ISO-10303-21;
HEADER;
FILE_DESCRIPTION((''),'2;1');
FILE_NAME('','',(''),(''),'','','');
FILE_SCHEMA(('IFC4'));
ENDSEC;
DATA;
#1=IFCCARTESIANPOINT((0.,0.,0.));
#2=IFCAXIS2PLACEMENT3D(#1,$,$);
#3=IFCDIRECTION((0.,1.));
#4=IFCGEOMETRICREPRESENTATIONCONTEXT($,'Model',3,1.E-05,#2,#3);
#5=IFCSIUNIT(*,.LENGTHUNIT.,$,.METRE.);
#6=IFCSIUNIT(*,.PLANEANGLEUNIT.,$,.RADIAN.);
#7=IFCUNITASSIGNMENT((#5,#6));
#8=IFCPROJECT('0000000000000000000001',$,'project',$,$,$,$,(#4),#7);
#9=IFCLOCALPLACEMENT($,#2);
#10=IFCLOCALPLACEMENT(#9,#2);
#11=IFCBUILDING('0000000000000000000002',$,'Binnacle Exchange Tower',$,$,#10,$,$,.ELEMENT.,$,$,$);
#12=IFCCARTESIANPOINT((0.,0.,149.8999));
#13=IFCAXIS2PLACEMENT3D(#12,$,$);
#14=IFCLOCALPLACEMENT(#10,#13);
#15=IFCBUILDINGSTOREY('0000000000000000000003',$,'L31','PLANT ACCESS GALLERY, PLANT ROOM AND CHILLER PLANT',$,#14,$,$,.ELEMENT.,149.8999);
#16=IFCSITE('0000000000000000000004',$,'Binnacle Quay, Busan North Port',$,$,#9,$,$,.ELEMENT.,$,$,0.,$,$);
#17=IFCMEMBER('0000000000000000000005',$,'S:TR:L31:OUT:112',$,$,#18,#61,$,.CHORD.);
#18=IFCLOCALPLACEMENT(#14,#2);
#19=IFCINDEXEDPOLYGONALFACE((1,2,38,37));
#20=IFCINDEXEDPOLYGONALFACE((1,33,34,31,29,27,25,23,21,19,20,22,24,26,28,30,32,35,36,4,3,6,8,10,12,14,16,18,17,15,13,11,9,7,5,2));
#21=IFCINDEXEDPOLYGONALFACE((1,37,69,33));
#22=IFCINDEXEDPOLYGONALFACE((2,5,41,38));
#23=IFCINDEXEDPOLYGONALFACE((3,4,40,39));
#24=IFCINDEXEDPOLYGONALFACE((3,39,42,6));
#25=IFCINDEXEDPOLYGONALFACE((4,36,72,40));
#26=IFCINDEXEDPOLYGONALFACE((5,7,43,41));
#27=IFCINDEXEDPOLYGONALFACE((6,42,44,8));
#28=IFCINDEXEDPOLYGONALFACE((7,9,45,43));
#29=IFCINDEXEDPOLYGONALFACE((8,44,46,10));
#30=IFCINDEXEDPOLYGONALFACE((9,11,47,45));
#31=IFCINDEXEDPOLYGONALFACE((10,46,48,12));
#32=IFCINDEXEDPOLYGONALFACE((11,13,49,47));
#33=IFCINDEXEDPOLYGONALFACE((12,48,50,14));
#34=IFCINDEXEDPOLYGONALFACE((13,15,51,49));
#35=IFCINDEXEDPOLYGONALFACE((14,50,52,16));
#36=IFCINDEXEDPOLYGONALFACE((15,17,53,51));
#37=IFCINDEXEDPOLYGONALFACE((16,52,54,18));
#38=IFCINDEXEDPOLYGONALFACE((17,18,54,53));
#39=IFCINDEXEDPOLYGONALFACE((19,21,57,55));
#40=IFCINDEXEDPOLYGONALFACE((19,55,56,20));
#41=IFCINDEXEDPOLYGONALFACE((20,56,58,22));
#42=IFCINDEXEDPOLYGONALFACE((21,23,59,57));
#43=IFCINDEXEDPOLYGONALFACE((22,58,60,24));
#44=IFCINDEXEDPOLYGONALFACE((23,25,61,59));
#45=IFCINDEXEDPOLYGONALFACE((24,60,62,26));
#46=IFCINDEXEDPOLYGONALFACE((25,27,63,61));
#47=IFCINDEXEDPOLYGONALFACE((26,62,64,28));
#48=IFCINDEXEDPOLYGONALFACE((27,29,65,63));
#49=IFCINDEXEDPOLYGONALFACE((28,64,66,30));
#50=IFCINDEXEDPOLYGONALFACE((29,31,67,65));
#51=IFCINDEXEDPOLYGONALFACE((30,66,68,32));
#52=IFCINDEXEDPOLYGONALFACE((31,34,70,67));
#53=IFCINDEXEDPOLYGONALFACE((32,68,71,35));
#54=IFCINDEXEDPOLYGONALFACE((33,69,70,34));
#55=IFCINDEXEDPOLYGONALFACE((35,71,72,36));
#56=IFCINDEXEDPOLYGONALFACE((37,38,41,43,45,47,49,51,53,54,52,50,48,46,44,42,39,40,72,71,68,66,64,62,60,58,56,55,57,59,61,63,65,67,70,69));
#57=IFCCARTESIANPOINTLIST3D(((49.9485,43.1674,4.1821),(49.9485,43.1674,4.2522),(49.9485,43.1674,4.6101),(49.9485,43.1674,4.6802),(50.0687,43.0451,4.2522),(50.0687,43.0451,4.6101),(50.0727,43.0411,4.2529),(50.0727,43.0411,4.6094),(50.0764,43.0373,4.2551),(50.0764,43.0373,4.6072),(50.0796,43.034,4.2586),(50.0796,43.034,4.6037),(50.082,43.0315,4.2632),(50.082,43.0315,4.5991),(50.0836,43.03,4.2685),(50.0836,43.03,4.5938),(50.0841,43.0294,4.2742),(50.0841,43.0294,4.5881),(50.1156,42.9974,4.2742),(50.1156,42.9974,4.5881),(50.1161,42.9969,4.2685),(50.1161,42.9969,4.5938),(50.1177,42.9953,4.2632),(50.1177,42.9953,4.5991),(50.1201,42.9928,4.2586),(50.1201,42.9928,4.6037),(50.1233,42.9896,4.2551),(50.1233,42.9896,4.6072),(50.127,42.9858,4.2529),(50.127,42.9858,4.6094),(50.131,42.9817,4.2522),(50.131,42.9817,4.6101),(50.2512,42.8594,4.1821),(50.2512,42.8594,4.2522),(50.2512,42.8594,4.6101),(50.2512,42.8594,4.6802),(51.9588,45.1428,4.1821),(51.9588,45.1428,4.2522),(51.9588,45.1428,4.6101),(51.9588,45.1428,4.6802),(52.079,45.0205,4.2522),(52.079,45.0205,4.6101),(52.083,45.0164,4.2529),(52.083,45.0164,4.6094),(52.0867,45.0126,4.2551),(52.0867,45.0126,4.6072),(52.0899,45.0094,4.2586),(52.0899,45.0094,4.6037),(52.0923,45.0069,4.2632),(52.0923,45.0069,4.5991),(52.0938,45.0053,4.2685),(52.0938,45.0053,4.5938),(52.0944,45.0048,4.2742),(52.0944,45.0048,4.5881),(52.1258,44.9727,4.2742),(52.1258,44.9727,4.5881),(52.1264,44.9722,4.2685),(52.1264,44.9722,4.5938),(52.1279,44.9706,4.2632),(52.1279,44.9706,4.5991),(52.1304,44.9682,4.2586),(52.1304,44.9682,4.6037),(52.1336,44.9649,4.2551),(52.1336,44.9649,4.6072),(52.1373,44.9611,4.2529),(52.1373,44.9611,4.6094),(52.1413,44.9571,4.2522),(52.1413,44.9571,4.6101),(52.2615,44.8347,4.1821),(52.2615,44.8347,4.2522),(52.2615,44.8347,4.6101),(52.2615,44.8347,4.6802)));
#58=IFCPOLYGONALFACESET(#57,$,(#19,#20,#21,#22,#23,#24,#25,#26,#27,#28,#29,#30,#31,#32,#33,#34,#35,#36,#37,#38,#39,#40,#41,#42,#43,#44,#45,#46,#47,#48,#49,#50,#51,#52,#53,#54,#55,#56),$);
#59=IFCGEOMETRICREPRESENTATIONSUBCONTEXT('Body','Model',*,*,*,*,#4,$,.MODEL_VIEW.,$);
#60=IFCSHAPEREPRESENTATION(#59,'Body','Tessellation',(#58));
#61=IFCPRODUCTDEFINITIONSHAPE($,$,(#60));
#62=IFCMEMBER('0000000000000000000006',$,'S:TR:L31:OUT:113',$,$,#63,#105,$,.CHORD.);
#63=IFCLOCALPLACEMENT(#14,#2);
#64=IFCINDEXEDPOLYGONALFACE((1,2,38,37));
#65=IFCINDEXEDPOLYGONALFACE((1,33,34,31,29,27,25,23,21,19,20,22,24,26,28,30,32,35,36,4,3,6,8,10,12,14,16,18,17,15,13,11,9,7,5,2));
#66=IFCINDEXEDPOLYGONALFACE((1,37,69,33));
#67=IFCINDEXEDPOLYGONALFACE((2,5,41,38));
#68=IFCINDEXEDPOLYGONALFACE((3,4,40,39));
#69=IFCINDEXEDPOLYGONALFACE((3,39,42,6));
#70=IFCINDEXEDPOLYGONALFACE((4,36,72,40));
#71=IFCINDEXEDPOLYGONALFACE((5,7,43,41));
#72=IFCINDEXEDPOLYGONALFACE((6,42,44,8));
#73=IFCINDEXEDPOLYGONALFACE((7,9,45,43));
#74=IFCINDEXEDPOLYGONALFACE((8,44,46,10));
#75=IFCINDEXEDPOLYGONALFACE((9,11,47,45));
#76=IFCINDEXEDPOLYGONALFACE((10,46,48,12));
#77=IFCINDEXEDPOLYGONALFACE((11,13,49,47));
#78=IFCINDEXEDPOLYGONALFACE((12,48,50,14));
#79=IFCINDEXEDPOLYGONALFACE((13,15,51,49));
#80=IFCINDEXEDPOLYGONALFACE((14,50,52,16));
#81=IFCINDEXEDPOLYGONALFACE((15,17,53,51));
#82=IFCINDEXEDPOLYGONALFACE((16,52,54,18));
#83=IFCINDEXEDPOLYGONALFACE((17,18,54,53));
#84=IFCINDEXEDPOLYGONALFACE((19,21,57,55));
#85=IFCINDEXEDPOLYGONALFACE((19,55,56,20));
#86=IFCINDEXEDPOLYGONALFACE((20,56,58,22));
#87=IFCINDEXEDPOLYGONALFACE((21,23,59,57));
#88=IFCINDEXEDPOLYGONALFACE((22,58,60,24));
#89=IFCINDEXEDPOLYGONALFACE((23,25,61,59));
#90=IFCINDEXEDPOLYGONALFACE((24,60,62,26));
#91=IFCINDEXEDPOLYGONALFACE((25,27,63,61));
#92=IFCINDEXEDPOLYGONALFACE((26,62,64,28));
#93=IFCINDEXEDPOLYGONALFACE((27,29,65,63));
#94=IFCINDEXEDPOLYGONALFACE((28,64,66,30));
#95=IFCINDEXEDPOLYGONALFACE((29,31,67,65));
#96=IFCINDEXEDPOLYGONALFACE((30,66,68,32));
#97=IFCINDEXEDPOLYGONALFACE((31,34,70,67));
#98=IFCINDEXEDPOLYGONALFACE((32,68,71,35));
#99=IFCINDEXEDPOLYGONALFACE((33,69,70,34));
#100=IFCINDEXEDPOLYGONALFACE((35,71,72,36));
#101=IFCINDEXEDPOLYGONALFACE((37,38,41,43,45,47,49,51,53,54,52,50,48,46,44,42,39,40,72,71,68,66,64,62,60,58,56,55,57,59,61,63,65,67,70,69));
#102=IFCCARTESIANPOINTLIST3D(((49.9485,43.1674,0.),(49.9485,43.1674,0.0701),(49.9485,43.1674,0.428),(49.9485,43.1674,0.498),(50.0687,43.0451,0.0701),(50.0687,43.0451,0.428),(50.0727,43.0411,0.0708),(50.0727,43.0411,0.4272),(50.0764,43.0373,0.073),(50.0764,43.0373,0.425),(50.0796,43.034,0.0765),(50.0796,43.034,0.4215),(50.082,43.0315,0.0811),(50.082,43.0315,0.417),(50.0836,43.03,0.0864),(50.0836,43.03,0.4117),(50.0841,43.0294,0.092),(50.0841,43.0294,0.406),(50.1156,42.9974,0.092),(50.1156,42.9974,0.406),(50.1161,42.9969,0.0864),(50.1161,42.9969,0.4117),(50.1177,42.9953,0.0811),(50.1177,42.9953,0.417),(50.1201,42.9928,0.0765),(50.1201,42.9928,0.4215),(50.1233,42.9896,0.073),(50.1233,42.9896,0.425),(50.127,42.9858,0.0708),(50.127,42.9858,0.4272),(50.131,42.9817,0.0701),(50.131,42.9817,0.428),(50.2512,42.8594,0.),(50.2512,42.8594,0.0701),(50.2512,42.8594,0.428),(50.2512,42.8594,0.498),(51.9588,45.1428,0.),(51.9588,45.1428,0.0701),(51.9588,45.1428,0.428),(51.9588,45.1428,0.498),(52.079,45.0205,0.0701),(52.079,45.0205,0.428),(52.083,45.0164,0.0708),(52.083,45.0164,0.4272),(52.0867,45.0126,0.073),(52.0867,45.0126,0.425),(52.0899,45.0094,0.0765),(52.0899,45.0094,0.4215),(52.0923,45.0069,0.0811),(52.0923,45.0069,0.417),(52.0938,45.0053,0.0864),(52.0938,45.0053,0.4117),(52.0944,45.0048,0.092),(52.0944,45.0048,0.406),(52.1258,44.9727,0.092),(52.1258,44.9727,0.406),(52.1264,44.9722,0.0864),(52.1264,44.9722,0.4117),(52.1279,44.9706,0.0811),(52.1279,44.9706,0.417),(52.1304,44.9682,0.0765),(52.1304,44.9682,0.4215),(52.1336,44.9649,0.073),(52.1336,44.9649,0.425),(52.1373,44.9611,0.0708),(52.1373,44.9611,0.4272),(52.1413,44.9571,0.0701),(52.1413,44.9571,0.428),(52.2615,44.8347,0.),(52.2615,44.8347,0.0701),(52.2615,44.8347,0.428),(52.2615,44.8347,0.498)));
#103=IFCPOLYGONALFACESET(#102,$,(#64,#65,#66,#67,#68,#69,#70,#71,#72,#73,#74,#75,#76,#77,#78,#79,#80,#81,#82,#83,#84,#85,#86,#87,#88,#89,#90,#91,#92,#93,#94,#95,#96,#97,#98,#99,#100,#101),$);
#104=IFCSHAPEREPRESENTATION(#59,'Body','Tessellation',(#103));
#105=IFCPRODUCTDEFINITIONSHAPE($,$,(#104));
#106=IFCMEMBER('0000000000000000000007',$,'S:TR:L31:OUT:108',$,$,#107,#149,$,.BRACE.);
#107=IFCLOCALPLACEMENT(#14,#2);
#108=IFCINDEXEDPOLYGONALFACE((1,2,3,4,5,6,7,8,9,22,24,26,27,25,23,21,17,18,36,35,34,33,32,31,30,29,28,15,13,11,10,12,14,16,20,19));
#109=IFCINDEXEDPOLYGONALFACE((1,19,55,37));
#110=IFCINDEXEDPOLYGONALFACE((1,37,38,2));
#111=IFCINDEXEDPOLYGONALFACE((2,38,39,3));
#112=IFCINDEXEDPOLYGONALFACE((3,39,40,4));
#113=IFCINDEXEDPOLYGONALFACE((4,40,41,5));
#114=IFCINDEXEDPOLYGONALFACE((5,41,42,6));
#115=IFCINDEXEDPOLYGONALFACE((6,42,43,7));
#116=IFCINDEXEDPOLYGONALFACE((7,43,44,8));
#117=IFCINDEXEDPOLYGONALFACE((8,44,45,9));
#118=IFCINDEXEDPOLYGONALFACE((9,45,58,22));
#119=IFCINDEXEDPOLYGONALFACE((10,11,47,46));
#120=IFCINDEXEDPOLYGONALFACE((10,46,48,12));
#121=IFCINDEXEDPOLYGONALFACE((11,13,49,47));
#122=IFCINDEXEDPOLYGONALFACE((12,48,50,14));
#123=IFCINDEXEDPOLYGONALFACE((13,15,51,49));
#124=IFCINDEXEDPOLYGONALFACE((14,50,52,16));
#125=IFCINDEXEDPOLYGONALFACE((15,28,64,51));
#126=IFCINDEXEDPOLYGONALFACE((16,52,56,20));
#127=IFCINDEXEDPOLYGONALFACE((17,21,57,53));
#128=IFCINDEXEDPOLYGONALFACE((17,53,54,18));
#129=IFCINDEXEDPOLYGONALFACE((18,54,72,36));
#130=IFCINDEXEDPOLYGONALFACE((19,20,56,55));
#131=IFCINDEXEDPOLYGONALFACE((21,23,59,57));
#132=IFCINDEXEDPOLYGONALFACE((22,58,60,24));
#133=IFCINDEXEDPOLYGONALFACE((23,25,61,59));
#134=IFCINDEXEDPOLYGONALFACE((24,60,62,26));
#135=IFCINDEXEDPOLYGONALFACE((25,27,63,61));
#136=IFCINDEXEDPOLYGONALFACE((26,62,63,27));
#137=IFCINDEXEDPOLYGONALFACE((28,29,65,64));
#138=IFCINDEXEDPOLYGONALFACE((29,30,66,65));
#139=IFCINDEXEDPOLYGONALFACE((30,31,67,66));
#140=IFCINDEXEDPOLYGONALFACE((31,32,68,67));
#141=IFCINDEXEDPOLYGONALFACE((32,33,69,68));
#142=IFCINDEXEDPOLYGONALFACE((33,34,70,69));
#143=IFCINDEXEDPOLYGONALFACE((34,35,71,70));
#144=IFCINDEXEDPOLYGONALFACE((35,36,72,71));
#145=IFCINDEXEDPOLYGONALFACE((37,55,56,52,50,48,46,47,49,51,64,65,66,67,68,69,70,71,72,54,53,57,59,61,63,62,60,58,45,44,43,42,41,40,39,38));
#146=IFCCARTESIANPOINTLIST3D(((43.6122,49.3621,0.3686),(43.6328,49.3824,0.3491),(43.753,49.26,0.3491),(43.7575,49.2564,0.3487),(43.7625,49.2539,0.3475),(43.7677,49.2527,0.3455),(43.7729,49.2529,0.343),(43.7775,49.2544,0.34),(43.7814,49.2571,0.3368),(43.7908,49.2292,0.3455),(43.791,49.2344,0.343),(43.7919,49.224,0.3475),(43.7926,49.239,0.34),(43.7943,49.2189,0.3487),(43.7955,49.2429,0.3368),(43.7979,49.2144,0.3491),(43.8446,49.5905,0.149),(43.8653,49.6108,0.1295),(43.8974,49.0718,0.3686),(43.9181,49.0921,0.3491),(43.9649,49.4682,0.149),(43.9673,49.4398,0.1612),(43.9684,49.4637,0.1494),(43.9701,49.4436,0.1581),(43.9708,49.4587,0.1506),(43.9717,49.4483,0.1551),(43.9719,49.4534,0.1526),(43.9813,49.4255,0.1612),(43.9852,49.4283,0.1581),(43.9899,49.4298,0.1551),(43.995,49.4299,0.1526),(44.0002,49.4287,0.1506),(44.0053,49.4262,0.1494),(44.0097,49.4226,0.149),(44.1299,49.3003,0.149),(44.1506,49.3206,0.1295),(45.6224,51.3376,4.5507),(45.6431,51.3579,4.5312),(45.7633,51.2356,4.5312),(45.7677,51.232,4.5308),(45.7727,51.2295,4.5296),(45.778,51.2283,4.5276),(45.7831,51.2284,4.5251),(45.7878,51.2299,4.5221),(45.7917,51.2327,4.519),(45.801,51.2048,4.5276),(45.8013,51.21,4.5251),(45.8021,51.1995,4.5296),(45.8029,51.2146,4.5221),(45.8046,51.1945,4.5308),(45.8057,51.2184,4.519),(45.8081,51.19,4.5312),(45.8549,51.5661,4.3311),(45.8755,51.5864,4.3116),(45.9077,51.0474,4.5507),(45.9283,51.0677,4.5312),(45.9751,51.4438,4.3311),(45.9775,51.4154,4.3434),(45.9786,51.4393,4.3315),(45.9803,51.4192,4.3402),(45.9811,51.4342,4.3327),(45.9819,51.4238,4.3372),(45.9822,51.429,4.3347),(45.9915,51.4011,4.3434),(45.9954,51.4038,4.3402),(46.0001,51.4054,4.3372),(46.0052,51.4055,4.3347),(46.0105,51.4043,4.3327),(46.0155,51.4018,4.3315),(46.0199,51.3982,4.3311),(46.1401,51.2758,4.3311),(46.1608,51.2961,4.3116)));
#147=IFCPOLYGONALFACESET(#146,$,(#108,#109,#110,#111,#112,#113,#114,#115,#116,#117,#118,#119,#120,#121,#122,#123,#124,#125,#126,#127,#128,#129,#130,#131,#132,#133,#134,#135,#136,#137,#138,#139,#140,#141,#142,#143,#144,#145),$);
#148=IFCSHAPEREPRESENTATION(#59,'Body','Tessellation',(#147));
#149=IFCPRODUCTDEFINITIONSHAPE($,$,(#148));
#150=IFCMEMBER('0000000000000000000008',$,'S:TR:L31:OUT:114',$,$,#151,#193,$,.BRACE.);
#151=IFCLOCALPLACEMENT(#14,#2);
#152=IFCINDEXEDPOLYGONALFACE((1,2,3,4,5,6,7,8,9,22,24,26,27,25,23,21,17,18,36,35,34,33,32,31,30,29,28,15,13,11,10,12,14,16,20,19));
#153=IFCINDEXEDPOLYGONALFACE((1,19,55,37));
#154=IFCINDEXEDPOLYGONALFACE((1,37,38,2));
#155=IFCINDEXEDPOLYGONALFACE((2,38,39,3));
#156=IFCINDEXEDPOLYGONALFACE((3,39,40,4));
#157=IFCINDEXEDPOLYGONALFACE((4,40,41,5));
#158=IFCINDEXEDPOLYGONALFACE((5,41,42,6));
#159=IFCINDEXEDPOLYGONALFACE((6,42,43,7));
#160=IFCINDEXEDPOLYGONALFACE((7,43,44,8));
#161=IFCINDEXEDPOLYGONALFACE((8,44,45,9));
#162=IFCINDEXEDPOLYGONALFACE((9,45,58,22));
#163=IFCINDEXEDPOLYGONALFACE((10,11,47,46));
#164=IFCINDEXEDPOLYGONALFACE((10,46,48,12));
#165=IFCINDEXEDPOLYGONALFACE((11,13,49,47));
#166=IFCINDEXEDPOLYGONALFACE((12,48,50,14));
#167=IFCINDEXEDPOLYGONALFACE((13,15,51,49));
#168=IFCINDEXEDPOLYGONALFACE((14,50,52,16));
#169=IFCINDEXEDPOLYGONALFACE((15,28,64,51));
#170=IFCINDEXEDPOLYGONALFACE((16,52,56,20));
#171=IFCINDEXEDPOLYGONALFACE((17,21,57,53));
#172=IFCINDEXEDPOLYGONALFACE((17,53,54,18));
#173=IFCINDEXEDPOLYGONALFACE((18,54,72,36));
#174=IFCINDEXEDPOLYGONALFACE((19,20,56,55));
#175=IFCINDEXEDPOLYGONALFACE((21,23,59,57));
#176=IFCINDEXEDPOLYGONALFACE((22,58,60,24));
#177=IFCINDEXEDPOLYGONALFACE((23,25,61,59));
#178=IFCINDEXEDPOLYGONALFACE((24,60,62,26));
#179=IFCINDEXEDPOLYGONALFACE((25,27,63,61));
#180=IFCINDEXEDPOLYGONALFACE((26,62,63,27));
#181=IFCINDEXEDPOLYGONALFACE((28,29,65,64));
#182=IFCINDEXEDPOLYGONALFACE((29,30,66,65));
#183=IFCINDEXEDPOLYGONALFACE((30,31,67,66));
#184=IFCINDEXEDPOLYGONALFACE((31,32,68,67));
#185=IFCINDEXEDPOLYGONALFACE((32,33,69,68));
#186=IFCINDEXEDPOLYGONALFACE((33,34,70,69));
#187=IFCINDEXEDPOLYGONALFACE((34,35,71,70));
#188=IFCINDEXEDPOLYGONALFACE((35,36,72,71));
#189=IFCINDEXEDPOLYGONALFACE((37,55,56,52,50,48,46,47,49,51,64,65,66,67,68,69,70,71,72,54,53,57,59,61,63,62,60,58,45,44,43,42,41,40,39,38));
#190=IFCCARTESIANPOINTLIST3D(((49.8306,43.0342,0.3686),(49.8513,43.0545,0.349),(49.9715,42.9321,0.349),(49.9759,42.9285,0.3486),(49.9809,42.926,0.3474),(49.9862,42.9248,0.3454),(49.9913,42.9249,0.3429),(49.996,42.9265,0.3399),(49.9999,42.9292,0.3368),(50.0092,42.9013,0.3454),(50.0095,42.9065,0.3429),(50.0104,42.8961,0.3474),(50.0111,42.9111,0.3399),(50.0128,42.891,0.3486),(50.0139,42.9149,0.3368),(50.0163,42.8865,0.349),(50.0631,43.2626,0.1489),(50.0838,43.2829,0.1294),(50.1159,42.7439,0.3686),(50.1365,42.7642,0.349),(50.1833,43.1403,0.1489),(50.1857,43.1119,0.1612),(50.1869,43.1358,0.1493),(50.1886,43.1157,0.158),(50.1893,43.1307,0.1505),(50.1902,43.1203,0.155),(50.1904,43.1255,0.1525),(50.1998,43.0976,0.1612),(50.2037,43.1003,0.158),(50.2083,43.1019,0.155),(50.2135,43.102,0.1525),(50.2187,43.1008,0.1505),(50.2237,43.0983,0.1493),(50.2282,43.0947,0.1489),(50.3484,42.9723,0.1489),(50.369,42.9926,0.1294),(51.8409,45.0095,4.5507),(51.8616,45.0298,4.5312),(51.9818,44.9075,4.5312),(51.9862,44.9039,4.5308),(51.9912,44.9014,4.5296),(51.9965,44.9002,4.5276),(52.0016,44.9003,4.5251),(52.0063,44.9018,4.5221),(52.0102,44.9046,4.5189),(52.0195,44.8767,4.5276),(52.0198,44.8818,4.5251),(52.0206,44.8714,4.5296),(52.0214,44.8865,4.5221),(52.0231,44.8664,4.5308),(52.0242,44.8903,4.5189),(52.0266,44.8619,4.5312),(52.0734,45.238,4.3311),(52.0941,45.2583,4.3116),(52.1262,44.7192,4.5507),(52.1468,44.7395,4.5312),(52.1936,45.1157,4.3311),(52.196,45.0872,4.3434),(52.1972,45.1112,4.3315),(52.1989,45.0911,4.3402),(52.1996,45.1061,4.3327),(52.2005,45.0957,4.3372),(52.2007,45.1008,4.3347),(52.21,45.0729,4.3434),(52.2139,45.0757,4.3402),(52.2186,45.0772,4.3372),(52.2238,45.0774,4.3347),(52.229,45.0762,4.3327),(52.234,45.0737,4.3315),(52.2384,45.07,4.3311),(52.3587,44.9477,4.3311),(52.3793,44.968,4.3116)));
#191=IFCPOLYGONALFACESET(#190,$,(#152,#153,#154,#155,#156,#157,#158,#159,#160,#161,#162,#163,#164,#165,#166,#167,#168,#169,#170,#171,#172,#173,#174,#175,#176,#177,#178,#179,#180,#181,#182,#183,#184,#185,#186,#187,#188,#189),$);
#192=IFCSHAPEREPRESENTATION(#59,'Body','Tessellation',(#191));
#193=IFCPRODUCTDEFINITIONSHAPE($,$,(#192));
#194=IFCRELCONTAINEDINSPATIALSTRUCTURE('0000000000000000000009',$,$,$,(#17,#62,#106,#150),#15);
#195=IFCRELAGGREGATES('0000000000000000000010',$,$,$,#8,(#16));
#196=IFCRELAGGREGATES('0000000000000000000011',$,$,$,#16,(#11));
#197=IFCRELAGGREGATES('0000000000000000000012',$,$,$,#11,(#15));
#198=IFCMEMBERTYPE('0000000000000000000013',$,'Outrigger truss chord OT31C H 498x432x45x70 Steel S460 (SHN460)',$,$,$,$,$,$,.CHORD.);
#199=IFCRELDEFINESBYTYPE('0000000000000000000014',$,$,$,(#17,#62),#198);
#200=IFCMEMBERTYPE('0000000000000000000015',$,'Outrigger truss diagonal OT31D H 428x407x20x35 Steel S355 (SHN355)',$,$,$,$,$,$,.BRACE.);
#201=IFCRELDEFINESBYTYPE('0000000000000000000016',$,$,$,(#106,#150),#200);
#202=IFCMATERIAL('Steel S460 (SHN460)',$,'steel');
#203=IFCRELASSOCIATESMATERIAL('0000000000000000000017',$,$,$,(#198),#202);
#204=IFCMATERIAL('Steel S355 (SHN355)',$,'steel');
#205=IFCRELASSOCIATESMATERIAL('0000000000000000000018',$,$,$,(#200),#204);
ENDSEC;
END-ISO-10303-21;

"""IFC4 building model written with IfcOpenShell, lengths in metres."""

from ifc_helpers import new_model, si_unit, direction, frame, origin, origin_2d, place, context, subcontext, project, spatial, i_section, extrude, material, material_profile, profile_set, type_object, element, save


model = new_model("IFC4")

# Units and contexts
model_context = context("Model", 3, precision=1e-05, world=origin(), true_north=direction((0.0, 1.0)))
body_context = subcontext(model_context, "Body", "Model", "MODEL_VIEW")
ifc_project = project(units=[si_unit("LENGTHUNIT", "METRE"), si_unit("PLANEANGLEUNIT", "RADIAN")], contexts=[model_context])

# Site, building, storey
site_placement = place(None, origin())
site = spatial("IfcSite", under=ifc_project, at=site_placement, Name="Binnacle Quay, Busan North Port", CompositionType="ELEMENT", RefElevation=0.0)
building_placement = place(site_placement, origin())
building = spatial("IfcBuilding", under=site, at=building_placement, Name="Binnacle Exchange Tower", CompositionType="ELEMENT")
storey_placement = place(building_placement, frame((0.0, 0.0, 149.8999)))
storey = spatial("IfcBuildingStorey", under=building, at=storey_placement, Name="L31", Description="PLANT ACCESS GALLERY, PLANT ROOM AND CHILLER PLANT", CompositionType="ELEMENT", Elevation=149.8999)

# Shared definitions
ifc_material_1 = material(Name="Steel S460 (SHN460)", Category="steel")
ifc_material_2 = material(Name="Steel S355 (SHN355)", Category="steel")

# Members
ifc_material_profile_1 = material_profile(ifc_material_1, i_section(OverallWidth=0.4319, OverallDepth=0.498, WebThickness=0.0449, FlangeThickness=0.0701, FilletRadius=0.022, at=origin_2d()), Name="H 498x432x45x70")
ifc_profile_set_1 = profile_set([ifc_material_profile_1], Name="Steel S460 (SHN460)")
member_type_1 = type_object("IfcMemberType", Name="Outrigger truss chord OT31C H 498x432x45x70 Steel S460 (SHN460)", PredefinedType="CHORD", material=ifc_profile_set_1)
for number, where, z_axis, x_axis, name in (
    (1, (52.1101, 44.9888, 4.4312), (-0.713273, -0.700886, 0.0), (0.700886, -0.713273, 0.0), "S:TR:L31:OUT:112"),
    (2, (52.1101, 44.9888, 0.249), (-0.713273, -0.700886, 0.0), (0.700886, -0.713273, 0.0), "S:TR:L31:OUT:113"),
):
    element("IfcMember", number, at=place(storey_placement, frame(where, z_axis=z_axis, x_axis=x_axis)), inside=storey, type_object=member_type_1, Name=name, PredefinedType="CHORD", context=body_context, shape_type="SweptSolid", body=[
        extrude(i_section(OverallWidth=0.4319, OverallDepth=0.498, WebThickness=0.0449, FlangeThickness=0.0701, FilletRadius=0.022, at=origin_2d()), origin(), (0.0, 0.0, 1.0), 2.8184),
    ])
ifc_material_profile_2 = material_profile(ifc_material_2, i_section(OverallWidth=0.407, OverallDepth=0.428, WebThickness=0.02, FlangeThickness=0.0349, FilletRadius=0.022, at=origin_2d()), Name="H 428x407x20x35")
ifc_profile_set_2 = profile_set([ifc_material_profile_2], Name="Steel S355 (SHN355)")
member_type_2 = type_object("IfcMemberType", Name="Outrigger truss diagonal OT31D H 428x407x20x35 Steel S355 (SHN355)", PredefinedType="BRACE", material=ifc_profile_set_2)
for number, where, z_axis, x_axis, name in (
    (3, (45.8916, 51.3169, 4.4312), (-0.398604, -0.39173, -0.829255), (0.70093, -0.71323, 0.0), "S:TR:L31:OUT:108"),
    (4, (52.1101, 44.9888, 4.4312), (-0.398611, -0.391689, -0.82927), (0.700886, -0.713273, 0.0), "S:TR:L31:OUT:114"),
):
    element("IfcMember", number, at=place(storey_placement, frame(where, z_axis=z_axis, x_axis=x_axis)), inside=storey, type_object=member_type_2, Name=name, PredefinedType="BRACE", context=body_context, shape_type="SweptSolid", body=[
        extrude(i_section(OverallWidth=0.407, OverallDepth=0.428, WebThickness=0.02, FlangeThickness=0.0349, FilletRadius=0.022, at=origin_2d()), origin(), (0.0, 0.0, 1.0), 5.0432),
    ])

save(model, "model.ifc")
